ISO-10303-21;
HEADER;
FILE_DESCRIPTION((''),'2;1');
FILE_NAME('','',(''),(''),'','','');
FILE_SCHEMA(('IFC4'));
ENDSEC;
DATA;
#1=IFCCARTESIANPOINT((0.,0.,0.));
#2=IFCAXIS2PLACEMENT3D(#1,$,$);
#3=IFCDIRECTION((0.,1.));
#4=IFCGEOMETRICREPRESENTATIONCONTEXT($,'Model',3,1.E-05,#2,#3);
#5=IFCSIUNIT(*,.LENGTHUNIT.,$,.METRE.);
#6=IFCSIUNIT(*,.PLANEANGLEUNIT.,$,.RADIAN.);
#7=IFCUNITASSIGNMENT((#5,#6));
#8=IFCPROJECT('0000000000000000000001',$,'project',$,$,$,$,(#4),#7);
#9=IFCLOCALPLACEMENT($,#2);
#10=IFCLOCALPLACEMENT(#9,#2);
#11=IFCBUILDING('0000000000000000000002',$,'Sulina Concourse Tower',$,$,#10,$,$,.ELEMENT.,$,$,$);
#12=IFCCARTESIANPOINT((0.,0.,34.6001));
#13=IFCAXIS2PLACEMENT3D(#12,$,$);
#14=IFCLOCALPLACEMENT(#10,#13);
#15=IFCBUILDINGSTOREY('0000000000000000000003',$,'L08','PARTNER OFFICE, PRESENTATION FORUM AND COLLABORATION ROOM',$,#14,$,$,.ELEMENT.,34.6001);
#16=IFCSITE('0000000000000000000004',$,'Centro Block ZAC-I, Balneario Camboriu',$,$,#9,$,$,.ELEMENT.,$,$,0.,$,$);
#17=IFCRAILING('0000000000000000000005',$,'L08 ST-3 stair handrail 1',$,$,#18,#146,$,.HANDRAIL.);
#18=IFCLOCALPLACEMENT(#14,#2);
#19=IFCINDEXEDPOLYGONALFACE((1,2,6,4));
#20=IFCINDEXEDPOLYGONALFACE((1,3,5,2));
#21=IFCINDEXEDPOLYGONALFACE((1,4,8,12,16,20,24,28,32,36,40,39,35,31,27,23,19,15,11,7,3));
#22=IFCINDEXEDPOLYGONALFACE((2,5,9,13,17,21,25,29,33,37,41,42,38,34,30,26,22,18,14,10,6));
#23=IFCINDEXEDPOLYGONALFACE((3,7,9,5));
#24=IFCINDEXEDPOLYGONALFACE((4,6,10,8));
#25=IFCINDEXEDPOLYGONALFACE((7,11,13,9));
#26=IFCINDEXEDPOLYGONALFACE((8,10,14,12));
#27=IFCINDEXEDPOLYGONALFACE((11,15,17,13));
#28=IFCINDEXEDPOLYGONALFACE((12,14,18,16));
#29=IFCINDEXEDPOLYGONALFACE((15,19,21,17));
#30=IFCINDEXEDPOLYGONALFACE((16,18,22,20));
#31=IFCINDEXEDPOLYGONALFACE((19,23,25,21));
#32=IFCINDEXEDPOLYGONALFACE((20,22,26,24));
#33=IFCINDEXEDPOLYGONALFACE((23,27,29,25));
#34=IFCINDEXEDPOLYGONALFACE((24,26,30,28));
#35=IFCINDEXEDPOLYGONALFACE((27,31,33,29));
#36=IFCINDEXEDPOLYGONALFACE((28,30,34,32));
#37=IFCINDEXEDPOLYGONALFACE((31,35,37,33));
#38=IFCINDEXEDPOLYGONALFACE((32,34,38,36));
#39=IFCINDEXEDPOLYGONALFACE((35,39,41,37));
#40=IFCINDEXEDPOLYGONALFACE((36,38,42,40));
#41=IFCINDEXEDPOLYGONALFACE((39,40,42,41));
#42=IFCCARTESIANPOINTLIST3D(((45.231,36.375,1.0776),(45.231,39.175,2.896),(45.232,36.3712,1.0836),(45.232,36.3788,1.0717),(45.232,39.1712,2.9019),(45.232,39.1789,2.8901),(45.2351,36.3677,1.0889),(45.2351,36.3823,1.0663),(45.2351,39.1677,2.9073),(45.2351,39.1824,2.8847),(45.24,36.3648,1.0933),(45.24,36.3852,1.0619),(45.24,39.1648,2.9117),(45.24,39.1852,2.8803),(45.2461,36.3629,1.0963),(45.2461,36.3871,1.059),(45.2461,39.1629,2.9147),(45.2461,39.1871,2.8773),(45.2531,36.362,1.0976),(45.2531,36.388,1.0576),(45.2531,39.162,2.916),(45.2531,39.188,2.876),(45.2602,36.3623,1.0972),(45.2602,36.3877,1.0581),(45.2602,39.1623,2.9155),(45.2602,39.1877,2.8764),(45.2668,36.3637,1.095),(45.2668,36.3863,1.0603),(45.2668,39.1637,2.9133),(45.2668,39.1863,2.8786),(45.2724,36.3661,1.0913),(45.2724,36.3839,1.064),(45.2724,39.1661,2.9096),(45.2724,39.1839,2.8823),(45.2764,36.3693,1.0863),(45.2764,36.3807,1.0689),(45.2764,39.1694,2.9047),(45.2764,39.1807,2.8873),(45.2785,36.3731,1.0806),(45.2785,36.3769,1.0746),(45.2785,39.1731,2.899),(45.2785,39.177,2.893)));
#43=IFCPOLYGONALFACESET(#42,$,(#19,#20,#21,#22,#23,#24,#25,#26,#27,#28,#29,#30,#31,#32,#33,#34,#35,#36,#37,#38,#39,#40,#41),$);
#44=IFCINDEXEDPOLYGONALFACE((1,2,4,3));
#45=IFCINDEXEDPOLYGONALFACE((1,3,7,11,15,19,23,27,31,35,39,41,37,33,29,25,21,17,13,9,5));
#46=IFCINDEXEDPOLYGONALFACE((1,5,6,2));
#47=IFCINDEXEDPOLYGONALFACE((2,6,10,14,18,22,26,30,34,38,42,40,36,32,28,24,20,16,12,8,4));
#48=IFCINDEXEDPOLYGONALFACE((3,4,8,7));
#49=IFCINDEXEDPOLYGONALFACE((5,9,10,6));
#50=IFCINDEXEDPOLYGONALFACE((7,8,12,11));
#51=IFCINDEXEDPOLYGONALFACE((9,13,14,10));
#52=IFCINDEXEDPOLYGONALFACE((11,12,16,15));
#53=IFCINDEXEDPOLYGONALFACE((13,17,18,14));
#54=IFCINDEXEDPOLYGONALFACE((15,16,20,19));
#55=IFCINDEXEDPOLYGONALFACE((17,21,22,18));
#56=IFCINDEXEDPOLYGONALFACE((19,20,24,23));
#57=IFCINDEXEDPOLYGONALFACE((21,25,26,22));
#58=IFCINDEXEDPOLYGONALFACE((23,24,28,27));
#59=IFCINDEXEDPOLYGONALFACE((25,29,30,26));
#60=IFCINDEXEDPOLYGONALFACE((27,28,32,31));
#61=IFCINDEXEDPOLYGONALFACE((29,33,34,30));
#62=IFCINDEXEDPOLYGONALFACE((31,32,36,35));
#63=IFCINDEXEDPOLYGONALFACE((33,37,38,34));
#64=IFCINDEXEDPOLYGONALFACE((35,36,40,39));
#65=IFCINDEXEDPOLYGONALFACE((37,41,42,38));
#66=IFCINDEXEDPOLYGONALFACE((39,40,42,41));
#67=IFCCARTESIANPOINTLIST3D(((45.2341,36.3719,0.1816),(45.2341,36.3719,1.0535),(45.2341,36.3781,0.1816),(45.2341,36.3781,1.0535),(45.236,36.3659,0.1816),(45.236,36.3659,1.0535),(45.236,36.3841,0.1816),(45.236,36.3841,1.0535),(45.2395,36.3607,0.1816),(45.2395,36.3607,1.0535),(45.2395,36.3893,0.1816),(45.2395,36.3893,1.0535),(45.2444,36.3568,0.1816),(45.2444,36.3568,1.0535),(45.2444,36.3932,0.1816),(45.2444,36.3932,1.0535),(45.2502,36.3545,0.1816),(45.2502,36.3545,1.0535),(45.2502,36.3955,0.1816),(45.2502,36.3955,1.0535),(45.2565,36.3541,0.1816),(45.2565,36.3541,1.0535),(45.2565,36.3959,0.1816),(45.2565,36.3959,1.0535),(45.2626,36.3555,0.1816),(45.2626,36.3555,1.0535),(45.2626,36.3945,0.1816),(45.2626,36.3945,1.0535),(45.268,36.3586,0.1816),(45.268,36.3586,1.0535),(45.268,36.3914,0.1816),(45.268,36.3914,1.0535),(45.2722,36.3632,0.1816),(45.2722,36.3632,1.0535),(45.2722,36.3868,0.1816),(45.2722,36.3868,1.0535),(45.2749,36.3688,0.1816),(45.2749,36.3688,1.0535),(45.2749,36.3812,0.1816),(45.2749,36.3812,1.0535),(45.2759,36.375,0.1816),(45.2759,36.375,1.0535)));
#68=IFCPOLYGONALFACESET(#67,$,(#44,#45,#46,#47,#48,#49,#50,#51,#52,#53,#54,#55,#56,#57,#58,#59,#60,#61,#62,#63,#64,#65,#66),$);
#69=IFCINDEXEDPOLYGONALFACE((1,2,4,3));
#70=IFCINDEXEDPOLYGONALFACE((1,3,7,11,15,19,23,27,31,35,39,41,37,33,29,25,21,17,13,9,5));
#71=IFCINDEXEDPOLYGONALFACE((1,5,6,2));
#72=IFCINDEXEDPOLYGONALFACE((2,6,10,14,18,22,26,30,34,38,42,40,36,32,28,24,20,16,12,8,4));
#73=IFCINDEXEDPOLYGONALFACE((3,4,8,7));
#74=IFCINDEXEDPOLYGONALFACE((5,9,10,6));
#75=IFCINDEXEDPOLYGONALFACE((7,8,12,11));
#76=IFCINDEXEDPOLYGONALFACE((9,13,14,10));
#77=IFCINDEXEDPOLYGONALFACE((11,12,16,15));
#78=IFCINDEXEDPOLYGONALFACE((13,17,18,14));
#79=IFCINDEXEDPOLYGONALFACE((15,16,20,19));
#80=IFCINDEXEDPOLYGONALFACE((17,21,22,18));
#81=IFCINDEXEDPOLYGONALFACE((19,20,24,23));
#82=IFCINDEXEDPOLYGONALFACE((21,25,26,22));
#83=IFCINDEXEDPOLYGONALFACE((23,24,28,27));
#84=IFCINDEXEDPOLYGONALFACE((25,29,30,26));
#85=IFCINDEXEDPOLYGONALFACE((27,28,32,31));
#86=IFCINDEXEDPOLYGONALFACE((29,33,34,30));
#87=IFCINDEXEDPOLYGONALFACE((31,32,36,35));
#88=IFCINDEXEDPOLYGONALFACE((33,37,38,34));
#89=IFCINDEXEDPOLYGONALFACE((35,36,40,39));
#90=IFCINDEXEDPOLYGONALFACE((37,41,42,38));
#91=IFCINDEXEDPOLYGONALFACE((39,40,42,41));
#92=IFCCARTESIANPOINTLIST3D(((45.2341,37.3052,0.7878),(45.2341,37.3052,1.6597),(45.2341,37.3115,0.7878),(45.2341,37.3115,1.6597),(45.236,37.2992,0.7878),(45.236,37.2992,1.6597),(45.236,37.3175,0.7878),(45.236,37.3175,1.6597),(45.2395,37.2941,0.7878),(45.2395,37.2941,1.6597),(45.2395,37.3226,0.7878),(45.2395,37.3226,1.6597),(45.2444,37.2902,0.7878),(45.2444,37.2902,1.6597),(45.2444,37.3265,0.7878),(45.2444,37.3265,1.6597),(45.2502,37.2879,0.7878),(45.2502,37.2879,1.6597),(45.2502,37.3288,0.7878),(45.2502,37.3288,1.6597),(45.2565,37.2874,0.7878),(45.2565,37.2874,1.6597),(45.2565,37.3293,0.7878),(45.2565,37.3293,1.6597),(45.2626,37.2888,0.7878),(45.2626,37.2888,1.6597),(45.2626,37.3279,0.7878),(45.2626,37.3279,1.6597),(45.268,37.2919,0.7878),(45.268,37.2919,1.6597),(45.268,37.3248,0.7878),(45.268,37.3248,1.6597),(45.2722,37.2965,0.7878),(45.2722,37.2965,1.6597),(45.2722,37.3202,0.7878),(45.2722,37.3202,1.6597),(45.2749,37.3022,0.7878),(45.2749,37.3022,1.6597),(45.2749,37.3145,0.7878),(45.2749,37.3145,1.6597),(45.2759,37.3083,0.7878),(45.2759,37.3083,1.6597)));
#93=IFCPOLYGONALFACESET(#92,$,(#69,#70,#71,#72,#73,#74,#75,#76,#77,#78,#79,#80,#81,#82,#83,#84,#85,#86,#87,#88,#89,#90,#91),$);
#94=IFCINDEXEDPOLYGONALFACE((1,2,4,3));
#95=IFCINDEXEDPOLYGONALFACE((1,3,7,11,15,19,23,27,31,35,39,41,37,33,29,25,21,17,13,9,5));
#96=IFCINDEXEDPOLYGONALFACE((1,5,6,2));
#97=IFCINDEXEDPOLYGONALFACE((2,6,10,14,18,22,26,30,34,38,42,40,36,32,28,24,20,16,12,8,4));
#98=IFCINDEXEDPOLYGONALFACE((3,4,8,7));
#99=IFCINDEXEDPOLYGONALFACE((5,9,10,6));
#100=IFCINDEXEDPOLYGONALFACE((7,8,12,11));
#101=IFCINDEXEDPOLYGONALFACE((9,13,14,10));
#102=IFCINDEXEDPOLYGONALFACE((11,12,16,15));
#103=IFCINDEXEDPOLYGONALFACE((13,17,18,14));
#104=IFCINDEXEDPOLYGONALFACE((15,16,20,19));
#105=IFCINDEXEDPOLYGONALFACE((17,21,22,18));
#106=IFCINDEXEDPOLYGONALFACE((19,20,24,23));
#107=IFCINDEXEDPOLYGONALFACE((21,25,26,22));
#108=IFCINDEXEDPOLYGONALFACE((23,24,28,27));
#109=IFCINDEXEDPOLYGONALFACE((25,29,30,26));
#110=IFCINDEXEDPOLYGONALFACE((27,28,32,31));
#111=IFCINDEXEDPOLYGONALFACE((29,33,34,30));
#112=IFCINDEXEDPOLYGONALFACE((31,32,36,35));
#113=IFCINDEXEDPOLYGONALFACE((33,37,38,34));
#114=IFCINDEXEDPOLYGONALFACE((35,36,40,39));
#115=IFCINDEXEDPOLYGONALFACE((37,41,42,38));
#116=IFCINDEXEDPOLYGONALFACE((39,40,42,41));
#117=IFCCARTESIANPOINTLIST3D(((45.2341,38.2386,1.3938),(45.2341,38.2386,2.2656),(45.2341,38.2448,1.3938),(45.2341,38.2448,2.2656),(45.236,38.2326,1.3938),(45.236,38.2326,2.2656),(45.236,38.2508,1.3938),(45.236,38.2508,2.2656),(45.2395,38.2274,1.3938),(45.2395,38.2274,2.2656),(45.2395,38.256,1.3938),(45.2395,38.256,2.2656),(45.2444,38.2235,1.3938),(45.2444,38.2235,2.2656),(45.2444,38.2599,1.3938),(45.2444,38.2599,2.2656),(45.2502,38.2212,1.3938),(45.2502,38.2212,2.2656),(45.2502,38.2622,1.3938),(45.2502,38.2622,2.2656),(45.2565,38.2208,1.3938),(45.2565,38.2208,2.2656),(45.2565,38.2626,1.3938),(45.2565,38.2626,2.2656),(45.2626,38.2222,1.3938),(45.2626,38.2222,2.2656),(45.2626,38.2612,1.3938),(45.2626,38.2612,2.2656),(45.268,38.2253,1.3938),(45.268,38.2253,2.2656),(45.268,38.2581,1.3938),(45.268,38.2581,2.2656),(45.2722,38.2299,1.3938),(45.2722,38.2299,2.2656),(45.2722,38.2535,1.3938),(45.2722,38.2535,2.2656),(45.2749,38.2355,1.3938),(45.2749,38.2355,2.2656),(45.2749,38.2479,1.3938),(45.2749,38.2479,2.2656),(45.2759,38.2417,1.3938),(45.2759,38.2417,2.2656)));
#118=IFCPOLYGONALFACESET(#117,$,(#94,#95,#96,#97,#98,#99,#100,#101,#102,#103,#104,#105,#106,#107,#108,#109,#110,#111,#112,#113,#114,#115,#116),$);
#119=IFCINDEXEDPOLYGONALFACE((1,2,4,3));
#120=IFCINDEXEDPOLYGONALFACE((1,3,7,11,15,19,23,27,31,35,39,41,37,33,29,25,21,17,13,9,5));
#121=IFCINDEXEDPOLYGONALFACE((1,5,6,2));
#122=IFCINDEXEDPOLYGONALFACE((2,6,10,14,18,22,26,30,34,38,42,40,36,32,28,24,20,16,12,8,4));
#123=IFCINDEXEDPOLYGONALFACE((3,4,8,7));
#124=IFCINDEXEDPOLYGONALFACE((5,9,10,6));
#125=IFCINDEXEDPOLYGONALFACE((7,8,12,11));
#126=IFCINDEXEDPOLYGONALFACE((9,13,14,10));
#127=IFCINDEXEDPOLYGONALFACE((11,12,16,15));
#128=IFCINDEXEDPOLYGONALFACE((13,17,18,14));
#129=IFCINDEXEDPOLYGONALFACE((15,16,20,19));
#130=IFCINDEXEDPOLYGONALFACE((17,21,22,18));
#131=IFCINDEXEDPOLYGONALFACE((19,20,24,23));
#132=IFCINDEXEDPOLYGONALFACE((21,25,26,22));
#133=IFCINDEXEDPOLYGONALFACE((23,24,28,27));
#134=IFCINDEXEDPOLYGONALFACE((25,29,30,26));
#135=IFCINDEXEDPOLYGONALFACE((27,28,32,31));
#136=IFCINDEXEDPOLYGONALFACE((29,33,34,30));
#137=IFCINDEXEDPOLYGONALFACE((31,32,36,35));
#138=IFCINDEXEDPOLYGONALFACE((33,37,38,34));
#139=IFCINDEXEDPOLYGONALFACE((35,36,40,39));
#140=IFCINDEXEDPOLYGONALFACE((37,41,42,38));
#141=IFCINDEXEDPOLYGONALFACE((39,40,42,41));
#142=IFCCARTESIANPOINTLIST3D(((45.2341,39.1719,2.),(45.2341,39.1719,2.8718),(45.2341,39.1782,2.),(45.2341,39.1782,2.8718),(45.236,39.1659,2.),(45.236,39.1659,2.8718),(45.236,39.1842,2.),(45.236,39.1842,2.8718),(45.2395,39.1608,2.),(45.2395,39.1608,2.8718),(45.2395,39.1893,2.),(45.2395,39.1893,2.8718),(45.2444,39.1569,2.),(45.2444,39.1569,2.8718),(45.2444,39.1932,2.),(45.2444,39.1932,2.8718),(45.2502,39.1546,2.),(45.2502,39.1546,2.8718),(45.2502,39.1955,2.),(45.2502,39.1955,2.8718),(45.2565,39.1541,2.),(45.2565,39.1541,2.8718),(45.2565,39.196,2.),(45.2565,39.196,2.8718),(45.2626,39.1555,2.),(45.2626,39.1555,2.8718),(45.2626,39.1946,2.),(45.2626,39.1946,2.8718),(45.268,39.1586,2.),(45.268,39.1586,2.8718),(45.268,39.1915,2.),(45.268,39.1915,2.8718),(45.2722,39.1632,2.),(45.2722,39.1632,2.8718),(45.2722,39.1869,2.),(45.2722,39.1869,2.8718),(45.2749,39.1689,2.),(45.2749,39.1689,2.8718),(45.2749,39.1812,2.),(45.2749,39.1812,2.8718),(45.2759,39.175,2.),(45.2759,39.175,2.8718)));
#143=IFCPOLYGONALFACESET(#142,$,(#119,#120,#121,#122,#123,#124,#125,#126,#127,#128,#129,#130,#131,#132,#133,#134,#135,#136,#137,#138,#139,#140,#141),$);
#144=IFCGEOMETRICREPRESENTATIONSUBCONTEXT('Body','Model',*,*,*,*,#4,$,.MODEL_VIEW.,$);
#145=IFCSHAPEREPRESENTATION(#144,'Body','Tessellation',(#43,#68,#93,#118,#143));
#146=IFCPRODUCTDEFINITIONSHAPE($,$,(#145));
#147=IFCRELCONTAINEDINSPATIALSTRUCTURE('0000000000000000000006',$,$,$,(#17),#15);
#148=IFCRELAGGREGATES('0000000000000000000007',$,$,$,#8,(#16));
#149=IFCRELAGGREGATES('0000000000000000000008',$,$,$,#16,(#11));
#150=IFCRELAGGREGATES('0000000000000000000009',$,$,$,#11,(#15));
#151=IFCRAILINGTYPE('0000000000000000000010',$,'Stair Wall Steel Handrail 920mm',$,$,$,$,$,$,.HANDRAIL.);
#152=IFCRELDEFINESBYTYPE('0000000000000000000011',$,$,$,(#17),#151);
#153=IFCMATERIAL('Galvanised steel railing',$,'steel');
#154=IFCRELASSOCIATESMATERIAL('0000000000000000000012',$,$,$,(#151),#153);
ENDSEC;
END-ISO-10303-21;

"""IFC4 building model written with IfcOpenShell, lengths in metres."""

from ifc_helpers import new_model, si_unit, direction, frame, origin, origin_2d, place, context, subcontext, project, spatial, circle, extrude, material, type_object, element, save


model = new_model("IFC4")

# Units and contexts
model_context = context("Model", 3, precision=1e-05, world=origin(), true_north=direction((0.0, 1.0)))
body_context = subcontext(model_context, "Body", "Model", "MODEL_VIEW")
ifc_project = project(units=[si_unit("LENGTHUNIT", "METRE"), si_unit("PLANEANGLEUNIT", "RADIAN")], contexts=[model_context])

# Site, building, storey
site_placement = place(None, origin())
site = spatial("IfcSite", under=ifc_project, at=site_placement, Name="Centro Block ZAC-I, Balneario Camboriu", CompositionType="ELEMENT", RefElevation=0.0)
building_placement = place(site_placement, origin())
building = spatial("IfcBuilding", under=site, at=building_placement, Name="Sulina Concourse Tower", CompositionType="ELEMENT")
storey_placement = place(building_placement, frame((0.0, 0.0, 34.6001)))
storey = spatial("IfcBuildingStorey", under=building, at=storey_placement, Name="L08", Description="PARTNER OFFICE, PRESENTATION FORUM AND COLLABORATION ROOM", CompositionType="ELEMENT", Elevation=34.6001)

# Railing
ifc_material_1 = material(Name="Galvanised steel railing", Category="steel")
railing_type_1 = type_object("IfcRailingType", Name="Stair Wall Steel Handrail 920mm", PredefinedType="HANDRAIL", material=ifc_material_1)
railing_1_placement = place(storey_placement, frame((45.2549, 36.375, 0.1816)))
element("IfcRailing", 1, at=railing_1_placement, inside=storey, type_object=railing_type_1, Name="L08 ST-3 stair handrail 1", PredefinedType="HANDRAIL", context=body_context, shape_type="SweptSolid", body=[
    extrude(circle(Radius=0.0239, at=origin_2d()), frame((0.0, 0.0, 0.896), z_axis=(0.0, 0.838672, 0.544636), x_axis=(-1.0, 0.0, 0.0)), (0.0, 0.0, 1.0), 3.3386),
    extrude(circle(Radius=0.021, at=origin_2d()), origin(), (0.0, 0.0, 1.0), 0.8718),
    extrude(circle(Radius=0.021, at=origin_2d()), frame((0.0, 0.9333, 0.6062)), (0.0, 0.0, 1.0), 0.8718),
    extrude(circle(Radius=0.021, at=origin_2d()), frame((0.0, 1.8667, 1.2122)), (0.0, 0.0, 1.0), 0.8718),
    extrude(circle(Radius=0.021, at=origin_2d()), frame((0.0, 2.8, 1.8184)), (0.0, 0.0, 1.0), 0.8718),
])

save(model, "model.ifc")
